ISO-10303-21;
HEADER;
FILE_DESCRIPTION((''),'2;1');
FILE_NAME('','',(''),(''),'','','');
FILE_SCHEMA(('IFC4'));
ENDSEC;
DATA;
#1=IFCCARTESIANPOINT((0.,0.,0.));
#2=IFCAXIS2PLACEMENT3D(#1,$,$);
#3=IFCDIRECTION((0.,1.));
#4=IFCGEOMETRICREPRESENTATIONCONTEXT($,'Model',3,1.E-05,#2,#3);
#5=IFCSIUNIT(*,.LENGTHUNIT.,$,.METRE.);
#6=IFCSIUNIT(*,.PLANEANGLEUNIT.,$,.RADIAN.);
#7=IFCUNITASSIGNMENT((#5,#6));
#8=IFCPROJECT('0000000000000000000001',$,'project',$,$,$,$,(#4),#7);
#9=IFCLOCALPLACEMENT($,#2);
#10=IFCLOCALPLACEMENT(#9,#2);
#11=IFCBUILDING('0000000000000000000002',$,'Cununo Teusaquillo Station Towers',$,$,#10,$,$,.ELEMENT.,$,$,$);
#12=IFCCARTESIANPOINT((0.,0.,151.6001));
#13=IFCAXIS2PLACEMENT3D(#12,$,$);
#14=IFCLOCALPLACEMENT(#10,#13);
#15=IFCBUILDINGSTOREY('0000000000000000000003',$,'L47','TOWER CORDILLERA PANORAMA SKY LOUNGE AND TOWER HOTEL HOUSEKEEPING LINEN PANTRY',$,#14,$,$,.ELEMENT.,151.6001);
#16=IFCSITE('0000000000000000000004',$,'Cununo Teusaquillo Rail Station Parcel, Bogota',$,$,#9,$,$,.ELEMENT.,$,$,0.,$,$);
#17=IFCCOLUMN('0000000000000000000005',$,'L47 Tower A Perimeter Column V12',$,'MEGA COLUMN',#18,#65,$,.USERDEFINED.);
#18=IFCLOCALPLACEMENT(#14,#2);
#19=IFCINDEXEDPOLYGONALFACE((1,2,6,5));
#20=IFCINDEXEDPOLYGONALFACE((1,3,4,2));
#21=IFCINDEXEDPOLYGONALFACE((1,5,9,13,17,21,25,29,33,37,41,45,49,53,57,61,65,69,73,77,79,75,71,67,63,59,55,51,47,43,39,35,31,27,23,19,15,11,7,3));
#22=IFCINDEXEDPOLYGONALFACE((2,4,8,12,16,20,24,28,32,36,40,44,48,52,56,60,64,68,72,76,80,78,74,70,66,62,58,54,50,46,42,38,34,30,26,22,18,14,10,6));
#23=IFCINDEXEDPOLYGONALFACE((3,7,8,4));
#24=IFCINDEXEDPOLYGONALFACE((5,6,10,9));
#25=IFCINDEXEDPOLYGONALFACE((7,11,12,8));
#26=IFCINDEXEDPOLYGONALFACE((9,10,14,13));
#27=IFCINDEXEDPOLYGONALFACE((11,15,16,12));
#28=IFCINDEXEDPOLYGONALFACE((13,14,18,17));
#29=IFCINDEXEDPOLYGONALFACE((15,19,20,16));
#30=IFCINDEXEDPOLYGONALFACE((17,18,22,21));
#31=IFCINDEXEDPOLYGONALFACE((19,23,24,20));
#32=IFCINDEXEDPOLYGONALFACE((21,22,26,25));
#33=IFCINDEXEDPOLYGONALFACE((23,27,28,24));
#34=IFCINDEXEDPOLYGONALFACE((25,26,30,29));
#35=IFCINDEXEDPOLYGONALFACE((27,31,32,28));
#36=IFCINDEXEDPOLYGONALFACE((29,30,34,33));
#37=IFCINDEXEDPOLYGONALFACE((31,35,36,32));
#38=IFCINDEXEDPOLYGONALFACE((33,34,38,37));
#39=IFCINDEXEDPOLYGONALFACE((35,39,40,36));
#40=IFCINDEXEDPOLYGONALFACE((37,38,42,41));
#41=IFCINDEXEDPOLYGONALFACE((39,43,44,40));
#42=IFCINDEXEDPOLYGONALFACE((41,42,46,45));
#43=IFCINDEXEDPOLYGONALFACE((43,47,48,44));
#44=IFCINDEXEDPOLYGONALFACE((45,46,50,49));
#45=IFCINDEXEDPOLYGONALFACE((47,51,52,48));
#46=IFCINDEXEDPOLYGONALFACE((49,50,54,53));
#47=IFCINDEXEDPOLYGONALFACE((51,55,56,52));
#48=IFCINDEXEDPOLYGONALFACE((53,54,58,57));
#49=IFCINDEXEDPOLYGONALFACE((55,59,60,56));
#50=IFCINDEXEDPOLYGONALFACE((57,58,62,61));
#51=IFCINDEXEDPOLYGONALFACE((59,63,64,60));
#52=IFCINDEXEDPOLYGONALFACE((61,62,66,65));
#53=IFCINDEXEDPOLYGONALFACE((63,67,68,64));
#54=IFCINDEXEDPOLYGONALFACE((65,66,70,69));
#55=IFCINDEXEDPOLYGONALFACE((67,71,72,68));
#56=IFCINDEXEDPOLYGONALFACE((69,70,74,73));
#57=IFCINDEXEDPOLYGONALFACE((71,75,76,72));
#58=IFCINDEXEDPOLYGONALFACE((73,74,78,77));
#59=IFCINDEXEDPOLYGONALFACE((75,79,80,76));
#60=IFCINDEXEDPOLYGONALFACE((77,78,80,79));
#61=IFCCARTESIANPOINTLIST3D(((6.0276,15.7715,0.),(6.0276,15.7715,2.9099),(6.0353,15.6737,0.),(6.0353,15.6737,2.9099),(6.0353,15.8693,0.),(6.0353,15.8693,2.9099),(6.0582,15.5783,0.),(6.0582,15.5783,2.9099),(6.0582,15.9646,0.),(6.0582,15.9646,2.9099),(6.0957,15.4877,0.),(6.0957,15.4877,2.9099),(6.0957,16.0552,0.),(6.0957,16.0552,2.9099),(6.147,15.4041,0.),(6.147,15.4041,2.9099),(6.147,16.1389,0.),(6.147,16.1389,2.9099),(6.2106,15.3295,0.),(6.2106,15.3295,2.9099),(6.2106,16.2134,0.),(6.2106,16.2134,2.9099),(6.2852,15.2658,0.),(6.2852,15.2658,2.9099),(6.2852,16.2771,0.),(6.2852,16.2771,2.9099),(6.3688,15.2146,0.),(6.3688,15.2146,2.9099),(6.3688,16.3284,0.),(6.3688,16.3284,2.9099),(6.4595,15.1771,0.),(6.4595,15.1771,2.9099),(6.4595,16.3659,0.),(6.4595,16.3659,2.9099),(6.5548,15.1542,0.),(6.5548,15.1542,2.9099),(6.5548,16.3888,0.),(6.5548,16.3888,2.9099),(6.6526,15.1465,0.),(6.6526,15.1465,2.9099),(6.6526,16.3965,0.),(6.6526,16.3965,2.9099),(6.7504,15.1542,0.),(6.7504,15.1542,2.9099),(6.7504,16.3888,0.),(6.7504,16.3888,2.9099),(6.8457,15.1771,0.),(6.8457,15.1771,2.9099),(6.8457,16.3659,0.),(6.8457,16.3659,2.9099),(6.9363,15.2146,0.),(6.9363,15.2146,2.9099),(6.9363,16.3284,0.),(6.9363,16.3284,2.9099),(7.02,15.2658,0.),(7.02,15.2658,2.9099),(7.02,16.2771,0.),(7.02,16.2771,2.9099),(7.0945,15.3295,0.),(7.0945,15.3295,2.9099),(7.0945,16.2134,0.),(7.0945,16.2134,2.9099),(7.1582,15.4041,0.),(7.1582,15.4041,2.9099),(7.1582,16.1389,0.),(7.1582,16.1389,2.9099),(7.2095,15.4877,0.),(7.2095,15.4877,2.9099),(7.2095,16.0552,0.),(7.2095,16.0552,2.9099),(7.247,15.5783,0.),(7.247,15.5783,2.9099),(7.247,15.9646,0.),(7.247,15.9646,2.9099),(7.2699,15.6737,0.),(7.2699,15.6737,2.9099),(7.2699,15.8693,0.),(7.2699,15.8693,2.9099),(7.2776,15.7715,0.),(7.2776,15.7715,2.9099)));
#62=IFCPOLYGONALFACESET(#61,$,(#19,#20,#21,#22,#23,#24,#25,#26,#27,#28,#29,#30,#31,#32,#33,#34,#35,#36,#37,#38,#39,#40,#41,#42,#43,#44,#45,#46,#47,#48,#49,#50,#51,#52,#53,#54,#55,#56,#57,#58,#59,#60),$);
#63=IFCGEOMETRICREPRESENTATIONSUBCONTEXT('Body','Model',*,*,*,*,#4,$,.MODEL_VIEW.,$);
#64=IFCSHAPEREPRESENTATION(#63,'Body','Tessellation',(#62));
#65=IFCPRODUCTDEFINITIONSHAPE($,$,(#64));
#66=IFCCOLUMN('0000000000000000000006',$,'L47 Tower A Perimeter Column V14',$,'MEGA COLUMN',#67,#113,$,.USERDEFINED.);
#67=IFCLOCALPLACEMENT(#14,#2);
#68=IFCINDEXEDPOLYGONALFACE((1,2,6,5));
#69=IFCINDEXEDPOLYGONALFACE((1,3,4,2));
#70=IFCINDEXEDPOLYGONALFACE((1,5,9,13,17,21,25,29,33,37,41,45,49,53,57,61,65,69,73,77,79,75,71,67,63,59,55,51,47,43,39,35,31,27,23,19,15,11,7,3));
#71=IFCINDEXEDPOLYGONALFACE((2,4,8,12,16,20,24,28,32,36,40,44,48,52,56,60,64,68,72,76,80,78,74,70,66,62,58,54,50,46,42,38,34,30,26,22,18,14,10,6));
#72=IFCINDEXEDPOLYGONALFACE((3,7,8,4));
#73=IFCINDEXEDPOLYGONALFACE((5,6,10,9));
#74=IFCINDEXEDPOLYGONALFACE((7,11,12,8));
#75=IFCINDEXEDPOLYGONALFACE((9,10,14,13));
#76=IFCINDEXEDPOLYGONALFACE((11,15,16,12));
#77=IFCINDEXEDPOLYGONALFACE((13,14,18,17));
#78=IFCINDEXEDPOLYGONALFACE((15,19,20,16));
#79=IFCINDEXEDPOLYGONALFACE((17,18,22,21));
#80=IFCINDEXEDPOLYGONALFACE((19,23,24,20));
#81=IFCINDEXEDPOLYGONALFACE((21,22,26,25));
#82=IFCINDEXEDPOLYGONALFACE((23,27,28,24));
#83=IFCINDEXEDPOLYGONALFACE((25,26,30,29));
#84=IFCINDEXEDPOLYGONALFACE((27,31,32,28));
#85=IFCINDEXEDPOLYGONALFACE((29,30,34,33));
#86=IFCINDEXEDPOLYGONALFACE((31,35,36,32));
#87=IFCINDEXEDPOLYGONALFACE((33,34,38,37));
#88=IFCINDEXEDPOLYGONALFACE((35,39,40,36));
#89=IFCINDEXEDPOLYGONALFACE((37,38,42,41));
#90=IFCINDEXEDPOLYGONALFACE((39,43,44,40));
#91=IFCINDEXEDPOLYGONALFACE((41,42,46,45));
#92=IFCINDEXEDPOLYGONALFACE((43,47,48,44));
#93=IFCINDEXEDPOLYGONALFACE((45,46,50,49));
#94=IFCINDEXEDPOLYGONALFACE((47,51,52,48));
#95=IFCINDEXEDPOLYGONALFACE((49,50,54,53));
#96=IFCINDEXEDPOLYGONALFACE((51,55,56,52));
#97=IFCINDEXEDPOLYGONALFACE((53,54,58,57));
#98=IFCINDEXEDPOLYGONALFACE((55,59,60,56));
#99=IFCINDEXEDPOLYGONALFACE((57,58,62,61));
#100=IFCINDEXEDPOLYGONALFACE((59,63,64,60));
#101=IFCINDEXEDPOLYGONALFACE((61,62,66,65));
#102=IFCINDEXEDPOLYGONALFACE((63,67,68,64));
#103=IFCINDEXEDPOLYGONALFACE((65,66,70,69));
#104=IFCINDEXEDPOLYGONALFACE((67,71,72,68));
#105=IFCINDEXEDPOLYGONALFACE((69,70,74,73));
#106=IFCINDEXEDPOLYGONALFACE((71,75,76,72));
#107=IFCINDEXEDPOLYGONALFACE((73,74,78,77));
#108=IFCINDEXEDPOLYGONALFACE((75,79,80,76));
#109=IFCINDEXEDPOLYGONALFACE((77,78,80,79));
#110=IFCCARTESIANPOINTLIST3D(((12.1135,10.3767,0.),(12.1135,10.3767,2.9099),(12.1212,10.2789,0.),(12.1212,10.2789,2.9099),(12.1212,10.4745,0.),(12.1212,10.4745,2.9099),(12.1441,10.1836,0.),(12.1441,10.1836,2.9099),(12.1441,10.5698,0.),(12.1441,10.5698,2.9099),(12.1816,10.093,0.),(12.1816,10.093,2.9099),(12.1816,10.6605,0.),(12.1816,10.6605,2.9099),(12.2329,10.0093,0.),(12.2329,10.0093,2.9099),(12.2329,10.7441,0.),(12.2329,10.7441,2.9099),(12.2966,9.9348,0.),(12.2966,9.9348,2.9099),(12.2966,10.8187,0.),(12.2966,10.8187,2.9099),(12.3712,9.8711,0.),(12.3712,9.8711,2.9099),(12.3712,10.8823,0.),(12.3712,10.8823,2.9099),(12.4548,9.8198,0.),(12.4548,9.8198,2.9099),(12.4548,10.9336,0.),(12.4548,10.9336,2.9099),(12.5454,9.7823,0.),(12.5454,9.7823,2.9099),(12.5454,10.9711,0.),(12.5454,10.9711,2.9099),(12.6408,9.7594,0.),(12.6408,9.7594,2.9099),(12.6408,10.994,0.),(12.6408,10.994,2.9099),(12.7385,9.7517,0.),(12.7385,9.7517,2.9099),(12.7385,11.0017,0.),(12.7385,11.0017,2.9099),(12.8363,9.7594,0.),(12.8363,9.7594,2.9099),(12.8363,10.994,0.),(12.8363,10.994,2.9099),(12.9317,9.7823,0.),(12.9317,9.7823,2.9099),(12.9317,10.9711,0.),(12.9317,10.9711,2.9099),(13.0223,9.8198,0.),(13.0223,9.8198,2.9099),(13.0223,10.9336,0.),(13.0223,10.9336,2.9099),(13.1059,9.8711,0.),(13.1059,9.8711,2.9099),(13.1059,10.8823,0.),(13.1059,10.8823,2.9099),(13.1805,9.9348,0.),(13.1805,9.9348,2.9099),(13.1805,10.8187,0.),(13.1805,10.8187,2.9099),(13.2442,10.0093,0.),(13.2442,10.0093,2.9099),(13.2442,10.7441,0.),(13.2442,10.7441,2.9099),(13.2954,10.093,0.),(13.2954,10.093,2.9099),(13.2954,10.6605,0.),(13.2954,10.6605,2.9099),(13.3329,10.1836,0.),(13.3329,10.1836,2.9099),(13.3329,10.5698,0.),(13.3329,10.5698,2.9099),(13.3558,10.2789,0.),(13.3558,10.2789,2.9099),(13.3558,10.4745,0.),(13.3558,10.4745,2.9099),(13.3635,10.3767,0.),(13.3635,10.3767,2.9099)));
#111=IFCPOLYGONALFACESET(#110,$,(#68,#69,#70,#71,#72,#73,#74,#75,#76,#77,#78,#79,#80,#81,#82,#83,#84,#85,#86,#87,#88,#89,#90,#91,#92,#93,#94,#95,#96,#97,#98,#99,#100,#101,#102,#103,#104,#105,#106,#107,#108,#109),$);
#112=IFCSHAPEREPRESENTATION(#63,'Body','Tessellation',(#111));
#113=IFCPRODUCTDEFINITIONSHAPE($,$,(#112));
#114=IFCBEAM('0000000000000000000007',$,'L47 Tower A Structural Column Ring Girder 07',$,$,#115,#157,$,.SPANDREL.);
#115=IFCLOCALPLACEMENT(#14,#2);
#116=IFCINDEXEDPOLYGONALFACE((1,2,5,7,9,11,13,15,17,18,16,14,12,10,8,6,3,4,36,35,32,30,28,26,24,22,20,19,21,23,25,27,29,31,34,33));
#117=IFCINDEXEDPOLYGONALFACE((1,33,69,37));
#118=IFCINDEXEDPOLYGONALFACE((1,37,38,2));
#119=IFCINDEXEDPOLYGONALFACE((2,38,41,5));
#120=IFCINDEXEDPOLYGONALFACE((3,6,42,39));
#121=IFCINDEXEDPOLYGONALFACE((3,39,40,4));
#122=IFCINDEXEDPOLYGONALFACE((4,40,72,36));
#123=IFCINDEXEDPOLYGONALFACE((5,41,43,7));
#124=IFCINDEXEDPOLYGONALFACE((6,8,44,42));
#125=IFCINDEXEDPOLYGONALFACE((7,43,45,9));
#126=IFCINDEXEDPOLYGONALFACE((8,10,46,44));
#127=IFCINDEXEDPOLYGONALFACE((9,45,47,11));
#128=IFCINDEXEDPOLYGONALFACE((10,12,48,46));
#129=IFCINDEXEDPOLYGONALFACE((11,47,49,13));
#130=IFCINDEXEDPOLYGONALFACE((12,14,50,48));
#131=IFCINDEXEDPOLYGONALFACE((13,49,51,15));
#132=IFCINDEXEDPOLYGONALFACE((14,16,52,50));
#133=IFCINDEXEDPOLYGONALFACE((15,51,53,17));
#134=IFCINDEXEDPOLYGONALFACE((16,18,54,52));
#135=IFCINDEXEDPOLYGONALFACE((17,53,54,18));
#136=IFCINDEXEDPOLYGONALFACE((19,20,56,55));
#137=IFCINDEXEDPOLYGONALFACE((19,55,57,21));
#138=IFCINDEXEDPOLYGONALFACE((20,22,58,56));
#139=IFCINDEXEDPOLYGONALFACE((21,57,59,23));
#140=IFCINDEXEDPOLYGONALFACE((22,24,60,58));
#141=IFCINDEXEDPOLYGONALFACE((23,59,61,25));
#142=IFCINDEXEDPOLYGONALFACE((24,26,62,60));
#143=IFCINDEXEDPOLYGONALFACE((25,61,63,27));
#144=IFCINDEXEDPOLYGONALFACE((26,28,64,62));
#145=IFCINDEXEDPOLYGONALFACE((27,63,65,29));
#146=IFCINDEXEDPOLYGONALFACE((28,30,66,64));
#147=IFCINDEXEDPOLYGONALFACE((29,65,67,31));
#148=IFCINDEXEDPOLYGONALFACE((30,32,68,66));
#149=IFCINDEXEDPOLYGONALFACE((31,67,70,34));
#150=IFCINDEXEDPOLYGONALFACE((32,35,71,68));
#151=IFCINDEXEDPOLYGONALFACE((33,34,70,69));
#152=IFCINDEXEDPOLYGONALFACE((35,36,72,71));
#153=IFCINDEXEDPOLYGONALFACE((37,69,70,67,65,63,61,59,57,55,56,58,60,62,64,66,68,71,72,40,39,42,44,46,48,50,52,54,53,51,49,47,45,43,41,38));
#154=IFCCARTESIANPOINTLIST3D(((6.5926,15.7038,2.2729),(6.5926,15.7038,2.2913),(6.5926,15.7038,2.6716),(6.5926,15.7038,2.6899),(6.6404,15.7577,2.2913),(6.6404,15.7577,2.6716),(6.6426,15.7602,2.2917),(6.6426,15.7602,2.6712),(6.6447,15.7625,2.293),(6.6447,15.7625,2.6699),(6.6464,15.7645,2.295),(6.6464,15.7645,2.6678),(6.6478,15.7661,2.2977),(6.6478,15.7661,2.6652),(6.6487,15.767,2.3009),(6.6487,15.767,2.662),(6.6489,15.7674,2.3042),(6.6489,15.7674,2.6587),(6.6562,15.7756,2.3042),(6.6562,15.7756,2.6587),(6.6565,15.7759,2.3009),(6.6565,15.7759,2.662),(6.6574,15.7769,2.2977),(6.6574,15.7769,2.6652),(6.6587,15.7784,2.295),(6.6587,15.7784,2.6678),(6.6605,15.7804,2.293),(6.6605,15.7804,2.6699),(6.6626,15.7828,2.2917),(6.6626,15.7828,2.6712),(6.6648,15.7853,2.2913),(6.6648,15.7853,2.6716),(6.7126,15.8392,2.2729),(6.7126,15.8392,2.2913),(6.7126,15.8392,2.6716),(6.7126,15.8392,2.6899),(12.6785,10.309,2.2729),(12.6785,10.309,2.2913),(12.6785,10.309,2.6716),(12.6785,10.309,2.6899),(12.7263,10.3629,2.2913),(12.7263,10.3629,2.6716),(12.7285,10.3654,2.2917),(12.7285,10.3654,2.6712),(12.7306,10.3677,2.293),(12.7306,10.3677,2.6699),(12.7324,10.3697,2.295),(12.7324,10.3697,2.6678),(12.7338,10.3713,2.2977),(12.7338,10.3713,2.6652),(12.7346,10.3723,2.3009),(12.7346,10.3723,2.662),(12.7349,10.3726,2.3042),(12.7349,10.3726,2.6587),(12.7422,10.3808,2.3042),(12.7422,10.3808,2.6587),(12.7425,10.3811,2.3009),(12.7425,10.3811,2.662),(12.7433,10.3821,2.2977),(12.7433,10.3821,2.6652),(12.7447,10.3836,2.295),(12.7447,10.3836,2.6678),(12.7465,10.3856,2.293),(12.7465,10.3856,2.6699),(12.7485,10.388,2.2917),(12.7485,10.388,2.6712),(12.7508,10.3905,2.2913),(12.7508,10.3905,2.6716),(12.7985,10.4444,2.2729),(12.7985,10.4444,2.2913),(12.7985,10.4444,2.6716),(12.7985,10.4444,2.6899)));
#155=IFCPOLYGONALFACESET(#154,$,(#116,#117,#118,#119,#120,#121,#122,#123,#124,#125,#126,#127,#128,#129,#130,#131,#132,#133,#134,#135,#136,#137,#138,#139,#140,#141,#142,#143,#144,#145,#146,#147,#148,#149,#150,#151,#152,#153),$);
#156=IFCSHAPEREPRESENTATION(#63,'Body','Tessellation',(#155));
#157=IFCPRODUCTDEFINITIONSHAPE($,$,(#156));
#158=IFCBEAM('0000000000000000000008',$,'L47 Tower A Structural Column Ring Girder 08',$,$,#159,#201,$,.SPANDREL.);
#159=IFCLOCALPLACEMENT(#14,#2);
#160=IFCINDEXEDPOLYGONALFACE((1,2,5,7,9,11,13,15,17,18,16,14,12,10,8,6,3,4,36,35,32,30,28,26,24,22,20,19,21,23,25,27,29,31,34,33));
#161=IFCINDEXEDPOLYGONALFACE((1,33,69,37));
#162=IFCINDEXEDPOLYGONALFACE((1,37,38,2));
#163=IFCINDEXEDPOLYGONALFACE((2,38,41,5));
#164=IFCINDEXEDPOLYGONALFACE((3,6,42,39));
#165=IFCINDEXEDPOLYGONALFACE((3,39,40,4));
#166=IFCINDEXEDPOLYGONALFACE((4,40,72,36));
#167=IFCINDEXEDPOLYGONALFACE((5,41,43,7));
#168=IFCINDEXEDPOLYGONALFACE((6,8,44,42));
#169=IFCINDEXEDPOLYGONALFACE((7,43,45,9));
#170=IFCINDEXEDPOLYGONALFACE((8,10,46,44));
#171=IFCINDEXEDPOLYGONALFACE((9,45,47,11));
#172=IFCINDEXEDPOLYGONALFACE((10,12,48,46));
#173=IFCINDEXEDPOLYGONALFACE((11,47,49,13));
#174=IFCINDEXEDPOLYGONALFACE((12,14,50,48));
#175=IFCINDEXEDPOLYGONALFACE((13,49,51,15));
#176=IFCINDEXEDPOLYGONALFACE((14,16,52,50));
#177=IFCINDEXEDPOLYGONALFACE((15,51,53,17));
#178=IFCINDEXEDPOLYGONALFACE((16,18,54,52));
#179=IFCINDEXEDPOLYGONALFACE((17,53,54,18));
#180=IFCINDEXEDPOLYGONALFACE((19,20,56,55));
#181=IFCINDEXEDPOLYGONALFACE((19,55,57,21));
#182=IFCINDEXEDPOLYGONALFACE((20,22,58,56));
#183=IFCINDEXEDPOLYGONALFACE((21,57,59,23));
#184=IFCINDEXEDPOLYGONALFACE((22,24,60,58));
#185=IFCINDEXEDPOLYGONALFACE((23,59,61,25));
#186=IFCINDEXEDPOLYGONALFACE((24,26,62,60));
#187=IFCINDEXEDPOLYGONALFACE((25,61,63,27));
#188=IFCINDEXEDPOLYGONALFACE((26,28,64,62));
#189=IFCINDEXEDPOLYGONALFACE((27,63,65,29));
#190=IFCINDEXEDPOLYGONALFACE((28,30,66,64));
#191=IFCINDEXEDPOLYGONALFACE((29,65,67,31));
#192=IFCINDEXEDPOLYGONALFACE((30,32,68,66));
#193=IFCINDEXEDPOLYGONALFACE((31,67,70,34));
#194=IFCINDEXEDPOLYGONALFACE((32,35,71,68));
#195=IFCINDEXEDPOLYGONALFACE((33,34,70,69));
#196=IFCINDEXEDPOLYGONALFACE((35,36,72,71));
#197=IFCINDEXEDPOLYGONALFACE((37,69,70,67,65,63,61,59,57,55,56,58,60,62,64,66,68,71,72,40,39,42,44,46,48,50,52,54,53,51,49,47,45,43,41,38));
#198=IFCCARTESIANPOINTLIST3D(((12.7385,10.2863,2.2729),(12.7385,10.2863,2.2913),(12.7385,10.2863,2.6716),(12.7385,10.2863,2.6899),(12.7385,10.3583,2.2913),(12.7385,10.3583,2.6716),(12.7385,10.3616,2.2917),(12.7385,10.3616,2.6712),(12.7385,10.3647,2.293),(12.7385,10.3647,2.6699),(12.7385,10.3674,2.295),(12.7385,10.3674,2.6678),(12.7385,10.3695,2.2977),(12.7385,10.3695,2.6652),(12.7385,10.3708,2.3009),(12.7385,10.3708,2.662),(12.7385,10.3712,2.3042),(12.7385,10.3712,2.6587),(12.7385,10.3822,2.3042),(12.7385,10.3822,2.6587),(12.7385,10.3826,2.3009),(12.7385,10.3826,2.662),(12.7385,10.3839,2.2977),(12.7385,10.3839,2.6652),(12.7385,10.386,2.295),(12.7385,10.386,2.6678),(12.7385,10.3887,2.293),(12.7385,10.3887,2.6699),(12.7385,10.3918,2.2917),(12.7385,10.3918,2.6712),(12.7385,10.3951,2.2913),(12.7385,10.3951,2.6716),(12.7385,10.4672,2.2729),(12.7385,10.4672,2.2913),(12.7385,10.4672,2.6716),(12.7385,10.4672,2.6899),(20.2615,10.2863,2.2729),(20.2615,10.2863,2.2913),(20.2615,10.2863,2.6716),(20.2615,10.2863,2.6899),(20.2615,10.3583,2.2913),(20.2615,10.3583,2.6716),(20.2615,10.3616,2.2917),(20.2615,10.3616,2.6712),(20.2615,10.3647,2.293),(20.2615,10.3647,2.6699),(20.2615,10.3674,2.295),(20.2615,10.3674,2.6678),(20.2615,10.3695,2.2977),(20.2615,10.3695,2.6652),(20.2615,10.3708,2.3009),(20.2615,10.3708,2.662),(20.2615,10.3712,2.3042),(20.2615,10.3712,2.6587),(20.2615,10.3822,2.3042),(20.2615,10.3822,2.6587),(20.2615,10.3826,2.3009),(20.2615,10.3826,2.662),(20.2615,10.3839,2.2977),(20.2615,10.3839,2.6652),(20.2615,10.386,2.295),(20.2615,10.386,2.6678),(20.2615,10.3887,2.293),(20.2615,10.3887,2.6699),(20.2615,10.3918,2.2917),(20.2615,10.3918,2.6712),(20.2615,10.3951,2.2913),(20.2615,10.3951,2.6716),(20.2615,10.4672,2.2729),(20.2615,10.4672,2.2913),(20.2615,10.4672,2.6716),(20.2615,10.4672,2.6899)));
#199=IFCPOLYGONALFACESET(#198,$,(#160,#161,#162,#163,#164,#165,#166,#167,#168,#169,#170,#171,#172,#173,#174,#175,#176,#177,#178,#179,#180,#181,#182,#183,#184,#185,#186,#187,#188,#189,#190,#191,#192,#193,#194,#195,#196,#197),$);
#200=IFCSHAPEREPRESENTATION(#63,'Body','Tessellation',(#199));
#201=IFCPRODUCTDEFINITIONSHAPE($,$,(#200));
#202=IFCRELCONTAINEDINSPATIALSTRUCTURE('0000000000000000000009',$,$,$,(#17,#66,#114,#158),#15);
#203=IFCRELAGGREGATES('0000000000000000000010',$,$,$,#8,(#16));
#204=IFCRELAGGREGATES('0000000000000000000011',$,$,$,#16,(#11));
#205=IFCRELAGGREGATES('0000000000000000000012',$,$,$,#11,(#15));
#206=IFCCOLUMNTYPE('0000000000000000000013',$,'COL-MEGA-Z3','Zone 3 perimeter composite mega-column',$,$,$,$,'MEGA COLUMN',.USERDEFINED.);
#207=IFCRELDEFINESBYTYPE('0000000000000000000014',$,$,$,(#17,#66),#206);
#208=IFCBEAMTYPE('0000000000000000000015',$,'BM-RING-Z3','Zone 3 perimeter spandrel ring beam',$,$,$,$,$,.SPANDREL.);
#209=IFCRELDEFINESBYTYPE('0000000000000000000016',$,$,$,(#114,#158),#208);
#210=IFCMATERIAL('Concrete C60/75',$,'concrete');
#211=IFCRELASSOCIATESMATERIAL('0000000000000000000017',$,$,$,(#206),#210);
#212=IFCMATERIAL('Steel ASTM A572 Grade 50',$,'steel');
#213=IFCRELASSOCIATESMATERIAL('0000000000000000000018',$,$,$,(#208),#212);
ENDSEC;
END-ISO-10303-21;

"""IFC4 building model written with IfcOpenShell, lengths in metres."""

from ifc_helpers import new_model, si_unit, direction, frame, origin, origin_2d, place, context, subcontext, project, spatial, circle, i_section, extrude, material, material_profile, profile_set, type_object, element, save


model = new_model("IFC4")

# Units and contexts
model_context = context("Model", 3, precision=1e-05, world=origin(), true_north=direction((0.0, 1.0)))
body_context = subcontext(model_context, "Body", "Model", "MODEL_VIEW")
ifc_project = project(units=[si_unit("LENGTHUNIT", "METRE"), si_unit("PLANEANGLEUNIT", "RADIAN")], contexts=[model_context])

# Site, building, storey
site_placement = place(None, origin())
site = spatial("IfcSite", under=ifc_project, at=site_placement, Name="Cununo Teusaquillo Rail Station Parcel, Bogota", CompositionType="ELEMENT", RefElevation=0.0)
building_placement = place(site_placement, origin())
building = spatial("IfcBuilding", under=site, at=building_placement, Name="Cununo Teusaquillo Station Towers", CompositionType="ELEMENT")
storey_placement = place(building_placement, frame((0.0, 0.0, 151.6001)))
storey = spatial("IfcBuildingStorey", under=building, at=storey_placement, Name="L47", Description="TOWER CORDILLERA PANORAMA SKY LOUNGE AND TOWER HOTEL HOUSEKEEPING LINEN PANTRY", CompositionType="ELEMENT", Elevation=151.6001)

# Columns
ifc_material_1 = material(Name="Concrete C60/75", Category="concrete")
ifc_material_profile_1 = material_profile(ifc_material_1, circle(Radius=0.625, at=origin_2d()), Name="RC-CIRC-1250")
ifc_profile_set_1 = profile_set([ifc_material_profile_1], Name="Concrete C60/75")
column_type = type_object("IfcColumnType", Name="COL-MEGA-Z3", Description="Zone 3 perimeter composite mega-column", ElementType="MEGA COLUMN", PredefinedType="USERDEFINED", material=ifc_profile_set_1)
for number, where, z_axis, x_axis, name in (
    (1, (6.6526, 15.7715, 0.0), (0.0, 0.0, 1.0), (1.0, 0.0, 0.0), "L47 Tower A Perimeter Column V12"),
    (2, (12.7385, 10.3767, 0.0), (0.0, 0.0, 1.0), (1.0, 0.0, 0.0), "L47 Tower A Perimeter Column V14"),
):
    element("IfcColumn", number, at=place(storey_placement, frame(where, z_axis=z_axis, x_axis=x_axis)), inside=storey, type_object=column_type, Name=name, ObjectType="MEGA COLUMN", PredefinedType="USERDEFINED", context=body_context, shape_type="SweptSolid", body=[
        extrude(circle(Radius=0.625, at=origin_2d()), origin(), (0.0, 0.0, 1.0), 2.9099),
    ])

# Beams
ifc_material_2 = material(Name="Steel ASTM A572 Grade 50", Category="steel")
ifc_material_profile_2 = material_profile(ifc_material_2, i_section(OverallWidth=0.1809, OverallDepth=0.417, WebThickness=0.011, FlangeThickness=0.0183, FilletRadius=0.0129, at=origin_2d()), Name="W16X57")
ifc_profile_set_2 = profile_set([ifc_material_profile_2], Name="Steel ASTM A572 Grade 50")
beam_type_1 = type_object("IfcBeamType", Name="BM-RING-Z3", Description="Zone 3 perimeter spandrel ring beam", PredefinedType="SPANDREL", material=ifc_profile_set_2)
beam_1_placement = place(storey_placement, frame((6.6526, 15.7715, 2.4814), z_axis=(0.748321, -0.663337, 0.0), x_axis=(0.663337, 0.748321, 0.0)))
element("IfcBeam", 3, at=beam_1_placement, inside=storey, type_object=beam_type_1, Name="L47 Tower A Structural Column Ring Girder 07", PredefinedType="SPANDREL", context=body_context, shape_type="SweptSolid", body=[
    extrude(i_section(OverallWidth=0.1809, OverallDepth=0.417, WebThickness=0.011, FlangeThickness=0.0183, FilletRadius=0.0129, at=origin_2d()), origin(), (0.0, 0.0, 1.0), 8.1328),
])
beam_2_placement = place(storey_placement, frame((12.7385, 10.3767, 2.4814), z_axis=(1.0, 0.0, 0.0), x_axis=(0.0, 1.0, 0.0)))
element("IfcBeam", 4, at=beam_2_placement, inside=storey, type_object=beam_type_1, Name="L47 Tower A Structural Column Ring Girder 08", PredefinedType="SPANDREL", context=body_context, shape_type="SweptSolid", body=[
    extrude(i_section(OverallWidth=0.1809, OverallDepth=0.417, WebThickness=0.011, FlangeThickness=0.0183, FilletRadius=0.0129, at=origin_2d()), origin(), (0.0, 0.0, 1.0), 7.5229),
])

save(model, "model.ifc")
